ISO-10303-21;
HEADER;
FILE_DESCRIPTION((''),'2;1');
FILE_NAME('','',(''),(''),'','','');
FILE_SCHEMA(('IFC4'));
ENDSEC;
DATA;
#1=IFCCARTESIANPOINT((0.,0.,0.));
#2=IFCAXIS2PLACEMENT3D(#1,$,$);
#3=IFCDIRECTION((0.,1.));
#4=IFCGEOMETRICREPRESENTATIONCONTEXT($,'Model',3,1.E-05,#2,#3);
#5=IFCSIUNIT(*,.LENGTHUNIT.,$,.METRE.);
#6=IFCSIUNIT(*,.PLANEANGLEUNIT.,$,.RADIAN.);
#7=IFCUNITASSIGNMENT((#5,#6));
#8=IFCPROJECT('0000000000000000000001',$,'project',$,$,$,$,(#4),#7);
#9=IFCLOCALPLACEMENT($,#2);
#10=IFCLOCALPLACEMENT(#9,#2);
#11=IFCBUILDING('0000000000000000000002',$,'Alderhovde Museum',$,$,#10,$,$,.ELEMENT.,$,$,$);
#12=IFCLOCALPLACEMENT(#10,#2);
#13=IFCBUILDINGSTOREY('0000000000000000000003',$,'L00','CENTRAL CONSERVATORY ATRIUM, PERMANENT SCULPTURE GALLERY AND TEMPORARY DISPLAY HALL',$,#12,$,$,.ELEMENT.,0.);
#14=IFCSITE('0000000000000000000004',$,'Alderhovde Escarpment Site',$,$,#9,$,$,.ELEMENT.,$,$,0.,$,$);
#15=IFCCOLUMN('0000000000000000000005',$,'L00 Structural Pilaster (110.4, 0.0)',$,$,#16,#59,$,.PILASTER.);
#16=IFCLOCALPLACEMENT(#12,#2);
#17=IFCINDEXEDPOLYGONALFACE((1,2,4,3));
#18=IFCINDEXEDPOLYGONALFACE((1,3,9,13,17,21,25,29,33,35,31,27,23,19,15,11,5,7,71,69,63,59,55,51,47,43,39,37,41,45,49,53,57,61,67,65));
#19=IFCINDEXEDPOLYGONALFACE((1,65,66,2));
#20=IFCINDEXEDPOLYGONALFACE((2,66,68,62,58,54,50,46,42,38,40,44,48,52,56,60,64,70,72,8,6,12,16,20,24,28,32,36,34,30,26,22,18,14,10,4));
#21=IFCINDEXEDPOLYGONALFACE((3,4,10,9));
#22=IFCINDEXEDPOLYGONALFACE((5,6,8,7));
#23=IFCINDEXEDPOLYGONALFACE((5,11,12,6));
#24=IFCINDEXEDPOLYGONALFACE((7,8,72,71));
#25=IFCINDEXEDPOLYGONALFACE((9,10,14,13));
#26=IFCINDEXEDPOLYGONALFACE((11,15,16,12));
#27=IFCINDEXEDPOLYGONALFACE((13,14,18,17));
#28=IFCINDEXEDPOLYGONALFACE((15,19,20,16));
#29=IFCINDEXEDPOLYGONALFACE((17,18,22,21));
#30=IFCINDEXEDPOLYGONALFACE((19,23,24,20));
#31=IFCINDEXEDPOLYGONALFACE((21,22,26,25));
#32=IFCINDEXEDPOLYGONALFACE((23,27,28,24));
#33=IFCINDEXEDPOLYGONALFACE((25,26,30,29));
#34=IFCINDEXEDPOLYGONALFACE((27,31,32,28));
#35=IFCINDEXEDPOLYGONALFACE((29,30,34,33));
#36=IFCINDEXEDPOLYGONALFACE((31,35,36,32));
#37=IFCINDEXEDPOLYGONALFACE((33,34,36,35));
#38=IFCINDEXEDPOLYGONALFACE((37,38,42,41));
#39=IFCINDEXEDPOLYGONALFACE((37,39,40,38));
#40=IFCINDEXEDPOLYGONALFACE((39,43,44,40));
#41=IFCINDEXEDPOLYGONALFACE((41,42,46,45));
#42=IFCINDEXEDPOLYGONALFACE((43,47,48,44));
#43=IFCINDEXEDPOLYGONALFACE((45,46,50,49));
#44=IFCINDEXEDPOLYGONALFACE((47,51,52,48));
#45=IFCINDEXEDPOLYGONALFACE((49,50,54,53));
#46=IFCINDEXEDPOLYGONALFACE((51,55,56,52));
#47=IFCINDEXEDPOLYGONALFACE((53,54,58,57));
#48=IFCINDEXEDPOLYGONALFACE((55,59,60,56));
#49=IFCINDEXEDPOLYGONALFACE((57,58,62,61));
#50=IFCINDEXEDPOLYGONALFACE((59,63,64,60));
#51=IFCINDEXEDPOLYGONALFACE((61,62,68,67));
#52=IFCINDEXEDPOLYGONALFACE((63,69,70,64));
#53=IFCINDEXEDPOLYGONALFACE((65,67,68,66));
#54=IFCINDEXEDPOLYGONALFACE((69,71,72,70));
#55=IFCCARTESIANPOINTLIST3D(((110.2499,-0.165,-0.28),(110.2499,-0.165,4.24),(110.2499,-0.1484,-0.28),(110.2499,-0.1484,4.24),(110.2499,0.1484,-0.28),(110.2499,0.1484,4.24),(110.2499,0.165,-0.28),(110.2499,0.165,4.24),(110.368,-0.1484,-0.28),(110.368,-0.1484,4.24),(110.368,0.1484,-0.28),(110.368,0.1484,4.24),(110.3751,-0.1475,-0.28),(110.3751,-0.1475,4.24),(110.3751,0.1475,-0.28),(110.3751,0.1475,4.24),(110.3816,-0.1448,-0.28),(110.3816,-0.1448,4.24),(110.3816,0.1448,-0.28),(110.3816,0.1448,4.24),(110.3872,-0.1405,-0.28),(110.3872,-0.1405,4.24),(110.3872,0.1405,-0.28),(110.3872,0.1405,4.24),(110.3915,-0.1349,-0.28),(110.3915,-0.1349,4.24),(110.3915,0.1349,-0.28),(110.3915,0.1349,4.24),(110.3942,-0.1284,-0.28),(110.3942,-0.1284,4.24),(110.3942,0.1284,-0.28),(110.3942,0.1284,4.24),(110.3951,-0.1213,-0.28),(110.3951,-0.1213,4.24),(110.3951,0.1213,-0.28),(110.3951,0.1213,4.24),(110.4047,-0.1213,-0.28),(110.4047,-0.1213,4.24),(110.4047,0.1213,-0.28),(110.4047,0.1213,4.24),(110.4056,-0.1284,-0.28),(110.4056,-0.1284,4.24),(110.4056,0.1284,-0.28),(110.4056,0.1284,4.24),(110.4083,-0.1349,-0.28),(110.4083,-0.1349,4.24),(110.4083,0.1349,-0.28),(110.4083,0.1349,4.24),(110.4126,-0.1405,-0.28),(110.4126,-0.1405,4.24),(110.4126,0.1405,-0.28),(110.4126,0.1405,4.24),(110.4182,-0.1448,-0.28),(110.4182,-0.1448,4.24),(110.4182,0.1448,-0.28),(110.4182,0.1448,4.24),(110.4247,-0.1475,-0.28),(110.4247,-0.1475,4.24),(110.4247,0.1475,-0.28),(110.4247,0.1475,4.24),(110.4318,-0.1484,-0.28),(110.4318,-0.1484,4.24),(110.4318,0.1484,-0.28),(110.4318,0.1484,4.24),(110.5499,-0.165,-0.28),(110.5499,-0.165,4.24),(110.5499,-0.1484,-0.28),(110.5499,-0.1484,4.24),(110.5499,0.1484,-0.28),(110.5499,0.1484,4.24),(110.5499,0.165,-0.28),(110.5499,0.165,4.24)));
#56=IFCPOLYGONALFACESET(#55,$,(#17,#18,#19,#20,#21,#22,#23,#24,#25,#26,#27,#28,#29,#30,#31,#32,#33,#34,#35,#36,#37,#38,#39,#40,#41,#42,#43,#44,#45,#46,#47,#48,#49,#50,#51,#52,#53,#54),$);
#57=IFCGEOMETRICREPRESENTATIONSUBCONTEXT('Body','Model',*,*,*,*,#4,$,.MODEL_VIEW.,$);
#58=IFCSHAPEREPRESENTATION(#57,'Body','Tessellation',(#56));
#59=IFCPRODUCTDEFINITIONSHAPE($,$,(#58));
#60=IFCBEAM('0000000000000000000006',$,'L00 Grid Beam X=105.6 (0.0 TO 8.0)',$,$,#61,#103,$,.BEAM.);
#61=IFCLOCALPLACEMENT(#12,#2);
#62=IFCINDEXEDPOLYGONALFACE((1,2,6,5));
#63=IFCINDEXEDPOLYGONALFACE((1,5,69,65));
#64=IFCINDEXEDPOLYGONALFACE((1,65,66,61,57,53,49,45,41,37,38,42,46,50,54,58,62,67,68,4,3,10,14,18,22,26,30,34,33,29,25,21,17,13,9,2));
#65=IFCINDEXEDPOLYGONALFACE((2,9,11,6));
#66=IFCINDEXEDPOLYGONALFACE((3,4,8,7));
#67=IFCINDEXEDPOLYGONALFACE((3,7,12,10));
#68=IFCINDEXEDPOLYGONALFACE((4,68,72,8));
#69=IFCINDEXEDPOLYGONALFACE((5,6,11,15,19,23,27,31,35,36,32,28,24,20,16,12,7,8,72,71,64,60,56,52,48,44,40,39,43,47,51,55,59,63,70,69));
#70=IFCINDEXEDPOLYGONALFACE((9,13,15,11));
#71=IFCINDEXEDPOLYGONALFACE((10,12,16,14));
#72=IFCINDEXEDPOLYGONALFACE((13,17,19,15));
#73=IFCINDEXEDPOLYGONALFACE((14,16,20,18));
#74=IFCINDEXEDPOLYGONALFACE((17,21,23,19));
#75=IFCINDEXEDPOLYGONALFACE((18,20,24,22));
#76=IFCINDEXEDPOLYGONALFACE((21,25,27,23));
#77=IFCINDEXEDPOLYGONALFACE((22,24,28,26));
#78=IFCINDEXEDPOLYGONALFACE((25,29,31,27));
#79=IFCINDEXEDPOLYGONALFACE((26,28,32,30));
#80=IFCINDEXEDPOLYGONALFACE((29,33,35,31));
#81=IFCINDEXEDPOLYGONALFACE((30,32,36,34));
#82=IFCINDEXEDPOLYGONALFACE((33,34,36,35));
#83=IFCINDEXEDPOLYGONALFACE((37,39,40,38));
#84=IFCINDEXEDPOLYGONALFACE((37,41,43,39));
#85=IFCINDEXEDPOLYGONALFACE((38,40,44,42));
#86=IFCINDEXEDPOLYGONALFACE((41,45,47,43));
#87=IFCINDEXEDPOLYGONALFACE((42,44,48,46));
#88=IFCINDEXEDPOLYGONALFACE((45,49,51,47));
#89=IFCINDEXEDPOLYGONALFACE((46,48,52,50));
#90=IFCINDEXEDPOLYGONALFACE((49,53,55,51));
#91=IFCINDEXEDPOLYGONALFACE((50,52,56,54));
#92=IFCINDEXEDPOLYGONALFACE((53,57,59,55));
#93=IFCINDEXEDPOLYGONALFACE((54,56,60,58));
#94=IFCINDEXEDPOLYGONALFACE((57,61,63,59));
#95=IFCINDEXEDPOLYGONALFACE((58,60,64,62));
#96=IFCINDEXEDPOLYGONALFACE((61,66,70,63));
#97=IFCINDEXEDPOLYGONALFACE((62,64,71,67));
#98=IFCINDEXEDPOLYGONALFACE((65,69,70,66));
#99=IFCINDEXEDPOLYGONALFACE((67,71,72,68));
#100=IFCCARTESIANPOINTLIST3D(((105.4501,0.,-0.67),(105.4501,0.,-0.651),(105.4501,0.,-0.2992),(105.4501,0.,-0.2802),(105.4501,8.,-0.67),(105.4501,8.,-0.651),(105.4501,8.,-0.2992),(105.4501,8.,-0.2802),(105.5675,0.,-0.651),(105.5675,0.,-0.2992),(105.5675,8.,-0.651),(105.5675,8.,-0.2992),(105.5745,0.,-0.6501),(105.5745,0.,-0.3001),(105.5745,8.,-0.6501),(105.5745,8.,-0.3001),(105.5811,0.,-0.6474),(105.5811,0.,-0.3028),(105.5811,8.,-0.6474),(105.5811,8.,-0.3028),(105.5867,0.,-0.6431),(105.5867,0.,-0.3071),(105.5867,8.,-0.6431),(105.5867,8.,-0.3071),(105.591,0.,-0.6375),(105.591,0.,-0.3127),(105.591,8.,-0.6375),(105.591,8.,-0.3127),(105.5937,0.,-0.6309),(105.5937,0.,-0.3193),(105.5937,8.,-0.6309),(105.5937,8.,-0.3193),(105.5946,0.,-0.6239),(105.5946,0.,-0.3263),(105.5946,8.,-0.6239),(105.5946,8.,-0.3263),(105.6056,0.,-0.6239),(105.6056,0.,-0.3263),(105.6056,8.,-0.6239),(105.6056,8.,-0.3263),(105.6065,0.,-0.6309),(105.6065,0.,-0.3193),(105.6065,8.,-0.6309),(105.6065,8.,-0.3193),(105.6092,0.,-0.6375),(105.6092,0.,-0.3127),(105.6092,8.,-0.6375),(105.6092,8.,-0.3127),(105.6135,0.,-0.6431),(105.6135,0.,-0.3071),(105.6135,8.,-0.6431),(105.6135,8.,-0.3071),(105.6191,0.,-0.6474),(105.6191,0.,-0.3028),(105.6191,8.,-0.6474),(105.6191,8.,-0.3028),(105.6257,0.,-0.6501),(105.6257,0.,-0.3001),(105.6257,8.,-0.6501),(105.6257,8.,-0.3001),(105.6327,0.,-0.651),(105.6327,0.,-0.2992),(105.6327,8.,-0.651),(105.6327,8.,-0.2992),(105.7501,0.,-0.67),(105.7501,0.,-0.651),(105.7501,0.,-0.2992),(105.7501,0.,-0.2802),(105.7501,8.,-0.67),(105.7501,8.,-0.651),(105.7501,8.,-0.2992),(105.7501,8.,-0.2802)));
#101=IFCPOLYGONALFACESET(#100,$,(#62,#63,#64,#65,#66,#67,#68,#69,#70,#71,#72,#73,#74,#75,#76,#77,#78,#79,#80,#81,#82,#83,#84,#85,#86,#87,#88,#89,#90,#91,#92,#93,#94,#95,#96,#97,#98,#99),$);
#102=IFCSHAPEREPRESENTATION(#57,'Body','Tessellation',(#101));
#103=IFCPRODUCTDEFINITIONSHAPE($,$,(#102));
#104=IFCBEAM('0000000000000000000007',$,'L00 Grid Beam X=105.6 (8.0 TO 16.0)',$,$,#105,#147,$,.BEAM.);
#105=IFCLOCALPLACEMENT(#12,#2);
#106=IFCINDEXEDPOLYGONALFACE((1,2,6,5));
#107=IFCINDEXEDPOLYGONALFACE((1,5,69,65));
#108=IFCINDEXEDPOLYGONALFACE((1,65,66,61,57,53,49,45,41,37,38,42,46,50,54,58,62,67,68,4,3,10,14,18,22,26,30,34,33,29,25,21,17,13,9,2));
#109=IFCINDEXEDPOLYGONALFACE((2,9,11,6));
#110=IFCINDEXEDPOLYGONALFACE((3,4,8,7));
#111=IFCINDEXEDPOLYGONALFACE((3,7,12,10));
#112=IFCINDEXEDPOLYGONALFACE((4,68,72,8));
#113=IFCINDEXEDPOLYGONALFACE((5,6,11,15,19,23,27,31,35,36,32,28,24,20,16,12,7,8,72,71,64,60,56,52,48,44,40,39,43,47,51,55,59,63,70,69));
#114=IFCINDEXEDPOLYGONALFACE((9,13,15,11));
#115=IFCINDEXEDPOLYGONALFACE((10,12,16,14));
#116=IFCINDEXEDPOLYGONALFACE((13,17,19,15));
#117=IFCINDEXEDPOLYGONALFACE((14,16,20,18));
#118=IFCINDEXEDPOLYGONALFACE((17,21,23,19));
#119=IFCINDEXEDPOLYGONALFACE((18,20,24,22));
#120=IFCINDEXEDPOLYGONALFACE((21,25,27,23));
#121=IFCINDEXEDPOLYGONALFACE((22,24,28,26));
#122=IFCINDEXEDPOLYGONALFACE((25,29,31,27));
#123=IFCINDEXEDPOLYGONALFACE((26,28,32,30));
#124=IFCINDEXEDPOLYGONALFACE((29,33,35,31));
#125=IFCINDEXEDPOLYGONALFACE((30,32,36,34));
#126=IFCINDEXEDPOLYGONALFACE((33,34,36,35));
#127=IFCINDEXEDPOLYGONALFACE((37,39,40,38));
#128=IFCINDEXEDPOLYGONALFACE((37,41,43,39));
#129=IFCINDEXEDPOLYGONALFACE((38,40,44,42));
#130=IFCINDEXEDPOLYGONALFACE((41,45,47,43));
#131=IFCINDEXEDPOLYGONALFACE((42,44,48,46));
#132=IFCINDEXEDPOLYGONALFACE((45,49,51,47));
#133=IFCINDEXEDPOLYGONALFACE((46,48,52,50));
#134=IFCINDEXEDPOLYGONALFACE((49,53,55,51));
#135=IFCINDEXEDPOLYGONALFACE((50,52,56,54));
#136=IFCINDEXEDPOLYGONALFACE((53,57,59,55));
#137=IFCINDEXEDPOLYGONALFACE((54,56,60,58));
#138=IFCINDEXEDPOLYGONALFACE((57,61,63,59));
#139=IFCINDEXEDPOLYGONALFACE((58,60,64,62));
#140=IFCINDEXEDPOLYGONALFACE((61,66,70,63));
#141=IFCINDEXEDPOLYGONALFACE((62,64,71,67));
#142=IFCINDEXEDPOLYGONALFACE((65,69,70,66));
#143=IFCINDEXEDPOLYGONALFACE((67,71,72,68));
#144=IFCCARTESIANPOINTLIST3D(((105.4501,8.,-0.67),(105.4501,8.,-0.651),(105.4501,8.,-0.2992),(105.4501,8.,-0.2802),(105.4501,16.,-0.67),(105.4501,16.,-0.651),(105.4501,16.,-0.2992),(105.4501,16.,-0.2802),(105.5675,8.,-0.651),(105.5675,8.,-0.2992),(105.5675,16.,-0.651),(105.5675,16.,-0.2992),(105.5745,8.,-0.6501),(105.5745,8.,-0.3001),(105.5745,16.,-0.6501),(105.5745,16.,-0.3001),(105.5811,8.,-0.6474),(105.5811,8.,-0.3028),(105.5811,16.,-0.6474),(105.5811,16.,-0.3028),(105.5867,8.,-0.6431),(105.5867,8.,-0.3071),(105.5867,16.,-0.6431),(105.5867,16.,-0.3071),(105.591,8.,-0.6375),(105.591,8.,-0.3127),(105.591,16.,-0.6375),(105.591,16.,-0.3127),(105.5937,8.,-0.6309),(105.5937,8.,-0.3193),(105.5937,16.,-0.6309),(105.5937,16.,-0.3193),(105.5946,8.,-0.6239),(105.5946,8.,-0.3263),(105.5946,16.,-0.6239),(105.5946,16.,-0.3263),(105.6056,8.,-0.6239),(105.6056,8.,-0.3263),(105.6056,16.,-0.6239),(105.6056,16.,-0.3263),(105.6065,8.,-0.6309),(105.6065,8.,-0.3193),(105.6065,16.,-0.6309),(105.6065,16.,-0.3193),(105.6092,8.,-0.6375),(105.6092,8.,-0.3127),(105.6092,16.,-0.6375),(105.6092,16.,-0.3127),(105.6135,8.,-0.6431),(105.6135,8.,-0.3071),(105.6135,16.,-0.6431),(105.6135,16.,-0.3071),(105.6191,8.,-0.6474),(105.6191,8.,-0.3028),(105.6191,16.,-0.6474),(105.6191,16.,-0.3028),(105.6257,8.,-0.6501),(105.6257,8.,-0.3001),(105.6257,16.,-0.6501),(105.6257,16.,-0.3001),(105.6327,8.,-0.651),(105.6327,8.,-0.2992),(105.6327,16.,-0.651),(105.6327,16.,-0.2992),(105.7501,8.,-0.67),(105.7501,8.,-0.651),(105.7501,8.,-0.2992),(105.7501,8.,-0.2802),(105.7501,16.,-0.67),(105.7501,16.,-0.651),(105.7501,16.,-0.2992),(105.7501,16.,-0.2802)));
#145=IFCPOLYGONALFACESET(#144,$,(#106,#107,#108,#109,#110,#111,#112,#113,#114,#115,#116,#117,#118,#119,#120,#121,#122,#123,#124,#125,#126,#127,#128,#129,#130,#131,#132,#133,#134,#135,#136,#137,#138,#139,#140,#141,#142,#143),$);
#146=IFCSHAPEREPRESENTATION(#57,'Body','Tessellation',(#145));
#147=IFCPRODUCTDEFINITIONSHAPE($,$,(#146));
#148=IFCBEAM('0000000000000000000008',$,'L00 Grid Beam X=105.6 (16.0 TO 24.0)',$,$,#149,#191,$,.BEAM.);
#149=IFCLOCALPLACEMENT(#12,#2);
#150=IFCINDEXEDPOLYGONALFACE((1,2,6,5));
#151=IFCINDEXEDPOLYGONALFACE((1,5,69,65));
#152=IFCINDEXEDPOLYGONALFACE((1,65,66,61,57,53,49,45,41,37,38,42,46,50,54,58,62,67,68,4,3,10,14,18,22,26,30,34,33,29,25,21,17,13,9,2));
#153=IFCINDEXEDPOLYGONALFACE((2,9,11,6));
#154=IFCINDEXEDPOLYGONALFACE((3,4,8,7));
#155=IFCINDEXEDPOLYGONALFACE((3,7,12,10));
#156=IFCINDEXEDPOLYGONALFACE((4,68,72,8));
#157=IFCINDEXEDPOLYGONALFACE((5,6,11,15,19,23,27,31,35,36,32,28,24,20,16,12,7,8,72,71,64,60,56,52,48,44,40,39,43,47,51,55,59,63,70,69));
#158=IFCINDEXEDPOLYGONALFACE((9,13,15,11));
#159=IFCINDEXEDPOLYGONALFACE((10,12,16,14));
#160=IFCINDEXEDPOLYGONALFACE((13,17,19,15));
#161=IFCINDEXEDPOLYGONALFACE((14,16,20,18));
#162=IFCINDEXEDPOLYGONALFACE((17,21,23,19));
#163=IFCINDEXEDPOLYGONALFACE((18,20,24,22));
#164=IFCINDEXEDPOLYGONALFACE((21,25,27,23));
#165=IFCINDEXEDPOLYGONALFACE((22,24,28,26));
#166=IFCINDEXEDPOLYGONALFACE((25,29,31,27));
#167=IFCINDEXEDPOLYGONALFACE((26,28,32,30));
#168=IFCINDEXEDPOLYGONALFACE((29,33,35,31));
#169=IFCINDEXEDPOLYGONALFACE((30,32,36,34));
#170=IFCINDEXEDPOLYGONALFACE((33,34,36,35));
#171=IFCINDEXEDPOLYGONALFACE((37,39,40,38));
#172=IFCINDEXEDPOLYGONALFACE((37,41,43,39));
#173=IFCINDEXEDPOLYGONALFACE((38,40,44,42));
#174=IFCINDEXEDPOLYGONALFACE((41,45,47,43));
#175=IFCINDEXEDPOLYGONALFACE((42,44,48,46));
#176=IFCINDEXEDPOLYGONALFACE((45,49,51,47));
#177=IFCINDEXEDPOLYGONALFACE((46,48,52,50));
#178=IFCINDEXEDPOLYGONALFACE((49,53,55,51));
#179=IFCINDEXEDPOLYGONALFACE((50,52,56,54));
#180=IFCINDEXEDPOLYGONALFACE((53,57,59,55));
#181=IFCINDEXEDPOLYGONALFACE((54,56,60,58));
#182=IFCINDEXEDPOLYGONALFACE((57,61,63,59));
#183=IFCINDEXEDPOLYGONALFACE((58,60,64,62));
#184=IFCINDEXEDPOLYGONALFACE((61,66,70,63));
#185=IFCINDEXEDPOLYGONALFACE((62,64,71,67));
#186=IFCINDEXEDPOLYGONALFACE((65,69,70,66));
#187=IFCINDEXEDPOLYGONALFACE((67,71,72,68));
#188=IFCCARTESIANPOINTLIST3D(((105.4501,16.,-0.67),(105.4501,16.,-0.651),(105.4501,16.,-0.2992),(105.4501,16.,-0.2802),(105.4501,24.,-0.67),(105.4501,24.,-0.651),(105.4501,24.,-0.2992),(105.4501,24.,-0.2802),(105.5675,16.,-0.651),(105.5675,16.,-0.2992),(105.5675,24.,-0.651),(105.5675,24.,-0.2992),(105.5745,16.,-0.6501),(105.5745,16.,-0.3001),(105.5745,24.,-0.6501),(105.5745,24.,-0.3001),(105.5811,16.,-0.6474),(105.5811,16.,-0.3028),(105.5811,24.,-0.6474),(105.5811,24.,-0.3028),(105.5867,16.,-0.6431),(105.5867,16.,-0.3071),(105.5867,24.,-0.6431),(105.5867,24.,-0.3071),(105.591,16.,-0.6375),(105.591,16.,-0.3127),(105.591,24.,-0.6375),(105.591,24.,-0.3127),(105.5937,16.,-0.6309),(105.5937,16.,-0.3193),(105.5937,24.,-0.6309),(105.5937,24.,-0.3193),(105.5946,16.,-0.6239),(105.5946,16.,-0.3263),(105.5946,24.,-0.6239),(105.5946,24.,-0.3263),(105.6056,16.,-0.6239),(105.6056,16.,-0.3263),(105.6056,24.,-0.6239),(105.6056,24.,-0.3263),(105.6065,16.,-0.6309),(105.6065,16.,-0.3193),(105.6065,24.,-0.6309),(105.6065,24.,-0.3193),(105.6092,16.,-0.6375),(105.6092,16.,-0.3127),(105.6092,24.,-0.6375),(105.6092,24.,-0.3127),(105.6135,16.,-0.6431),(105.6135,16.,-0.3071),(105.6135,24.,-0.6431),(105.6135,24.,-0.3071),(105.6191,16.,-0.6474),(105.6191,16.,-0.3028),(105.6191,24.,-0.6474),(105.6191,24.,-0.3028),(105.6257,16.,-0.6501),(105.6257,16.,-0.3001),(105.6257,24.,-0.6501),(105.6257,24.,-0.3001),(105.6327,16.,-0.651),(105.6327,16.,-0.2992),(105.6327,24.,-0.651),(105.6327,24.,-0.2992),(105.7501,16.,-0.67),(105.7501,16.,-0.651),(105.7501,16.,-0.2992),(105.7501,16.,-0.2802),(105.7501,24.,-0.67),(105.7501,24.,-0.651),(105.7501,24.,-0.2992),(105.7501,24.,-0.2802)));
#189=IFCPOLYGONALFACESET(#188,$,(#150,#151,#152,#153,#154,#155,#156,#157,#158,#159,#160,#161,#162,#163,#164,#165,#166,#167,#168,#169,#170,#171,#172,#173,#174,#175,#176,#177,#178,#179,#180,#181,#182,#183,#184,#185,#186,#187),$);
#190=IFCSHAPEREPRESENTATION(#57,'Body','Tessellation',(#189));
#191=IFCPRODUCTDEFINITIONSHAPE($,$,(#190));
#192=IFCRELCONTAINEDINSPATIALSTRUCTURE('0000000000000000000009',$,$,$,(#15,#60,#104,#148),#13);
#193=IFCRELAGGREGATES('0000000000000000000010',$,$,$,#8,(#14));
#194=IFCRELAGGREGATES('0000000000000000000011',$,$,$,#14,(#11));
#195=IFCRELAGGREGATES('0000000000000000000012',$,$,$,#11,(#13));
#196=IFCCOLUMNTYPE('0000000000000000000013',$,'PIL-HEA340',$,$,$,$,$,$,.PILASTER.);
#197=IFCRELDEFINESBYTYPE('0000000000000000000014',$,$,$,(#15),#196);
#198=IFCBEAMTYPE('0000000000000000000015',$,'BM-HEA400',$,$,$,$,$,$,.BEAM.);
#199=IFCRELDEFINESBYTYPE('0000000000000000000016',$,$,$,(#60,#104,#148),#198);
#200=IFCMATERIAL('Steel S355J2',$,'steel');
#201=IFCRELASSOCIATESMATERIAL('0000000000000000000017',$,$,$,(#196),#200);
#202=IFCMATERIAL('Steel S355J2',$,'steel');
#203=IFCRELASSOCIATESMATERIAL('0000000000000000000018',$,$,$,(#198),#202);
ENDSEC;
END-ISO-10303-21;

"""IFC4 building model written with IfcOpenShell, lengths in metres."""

from ifc_helpers import new_model, si_unit, direction, frame, origin, origin_2d, place, context, subcontext, project, spatial, i_section, extrude, material, material_profile, profile_set, type_object, element, save


model = new_model("IFC4")

# Units and contexts
model_context = context("Model", 3, precision=1e-05, world=origin(), true_north=direction((0.0, 1.0)))
body_context = subcontext(model_context, "Body", "Model", "MODEL_VIEW")
ifc_project = project(units=[si_unit("LENGTHUNIT", "METRE"), si_unit("PLANEANGLEUNIT", "RADIAN")], contexts=[model_context])

# Site, building, storey
site_placement = place(None, origin())
site = spatial("IfcSite", under=ifc_project, at=site_placement, Name="Alderhovde Escarpment Site", CompositionType="ELEMENT", RefElevation=0.0)
building_placement = place(site_placement, origin())
building = spatial("IfcBuilding", under=site, at=building_placement, Name="Alderhovde Museum", CompositionType="ELEMENT")
storey_placement = place(building_placement, origin())
storey = spatial("IfcBuildingStorey", under=building, at=storey_placement, Name="L00", Description="CENTRAL CONSERVATORY ATRIUM, PERMANENT SCULPTURE GALLERY AND TEMPORARY DISPLAY HALL", CompositionType="ELEMENT", Elevation=0.0)

# Column
ifc_material_1 = material(Name="Steel S355J2", Category="steel")
ifc_material_profile_1 = material_profile(ifc_material_1, i_section(OverallWidth=0.3, OverallDepth=0.3301, WebThickness=0.0095, FlangeThickness=0.0166, FilletRadius=0.0271, at=origin_2d()), Name="HEA 340")
ifc_profile_set_1 = profile_set([ifc_material_profile_1], Name="Steel S355J2")
column_type_1 = type_object("IfcColumnType", Name="PIL-HEA340", PredefinedType="PILASTER", material=ifc_profile_set_1)
column_1_placement = place(storey_placement, frame((110.3999, 0.0, -0.28), z_axis=(0.0, 0.0, 1.0), x_axis=(1.0, 0.0, 0.0)))
element("IfcColumn", 1, at=column_1_placement, inside=storey, type_object=column_type_1, Name="L00 Structural Pilaster (110.4, 0.0)", PredefinedType="PILASTER", context=body_context, shape_type="SweptSolid", body=[
    extrude(i_section(OverallWidth=0.3, OverallDepth=0.3301, WebThickness=0.0095, FlangeThickness=0.0166, FilletRadius=0.0271, at=origin_2d()), origin(), (0.0, 0.0, 1.0), 4.52),
])

# Beams
ifc_material_2 = material(Name="Steel S355J2", Category="steel")
ifc_material_profile_2 = material_profile(ifc_material_2, i_section(OverallWidth=0.3, OverallDepth=0.3899, WebThickness=0.011, FlangeThickness=0.019, FilletRadius=0.0271, at=origin_2d()), Name="HEA 400")
ifc_profile_set_2 = profile_set([ifc_material_profile_2], Name="Steel S355J2")
beam_type_1 = type_object("IfcBeamType", Name="BM-HEA400", PredefinedType="BEAM", material=ifc_profile_set_2)
for number, where, z_axis, x_axis, name in (
    (2, (105.6001, 0.0, -0.4751), (0.0, 1.0, 0.0), (-1.0, 0.0, 0.0), "L00 Grid Beam X=105.6 (0.0 TO 8.0)"),
    (3, (105.6001, 8.0, -0.4751), (0.0, 1.0, 0.0), (-1.0, 0.0, 0.0), "L00 Grid Beam X=105.6 (8.0 TO 16.0)"),
    (4, (105.6001, 16.0, -0.4751), (0.0, 1.0, 0.0), (-1.0, 0.0, 0.0), "L00 Grid Beam X=105.6 (16.0 TO 24.0)"),
):
    element("IfcBeam", number, at=place(storey_placement, frame(where, z_axis=z_axis, x_axis=x_axis)), inside=storey, type_object=beam_type_1, Name=name, PredefinedType="BEAM", context=body_context, shape_type="SweptSolid", body=[
        extrude(i_section(OverallWidth=0.3, OverallDepth=0.3899, WebThickness=0.011, FlangeThickness=0.019, FilletRadius=0.0271, at=origin_2d()), origin(), (0.0, 0.0, 1.0), 8.0),
    ])

save(model, "model.ifc")
